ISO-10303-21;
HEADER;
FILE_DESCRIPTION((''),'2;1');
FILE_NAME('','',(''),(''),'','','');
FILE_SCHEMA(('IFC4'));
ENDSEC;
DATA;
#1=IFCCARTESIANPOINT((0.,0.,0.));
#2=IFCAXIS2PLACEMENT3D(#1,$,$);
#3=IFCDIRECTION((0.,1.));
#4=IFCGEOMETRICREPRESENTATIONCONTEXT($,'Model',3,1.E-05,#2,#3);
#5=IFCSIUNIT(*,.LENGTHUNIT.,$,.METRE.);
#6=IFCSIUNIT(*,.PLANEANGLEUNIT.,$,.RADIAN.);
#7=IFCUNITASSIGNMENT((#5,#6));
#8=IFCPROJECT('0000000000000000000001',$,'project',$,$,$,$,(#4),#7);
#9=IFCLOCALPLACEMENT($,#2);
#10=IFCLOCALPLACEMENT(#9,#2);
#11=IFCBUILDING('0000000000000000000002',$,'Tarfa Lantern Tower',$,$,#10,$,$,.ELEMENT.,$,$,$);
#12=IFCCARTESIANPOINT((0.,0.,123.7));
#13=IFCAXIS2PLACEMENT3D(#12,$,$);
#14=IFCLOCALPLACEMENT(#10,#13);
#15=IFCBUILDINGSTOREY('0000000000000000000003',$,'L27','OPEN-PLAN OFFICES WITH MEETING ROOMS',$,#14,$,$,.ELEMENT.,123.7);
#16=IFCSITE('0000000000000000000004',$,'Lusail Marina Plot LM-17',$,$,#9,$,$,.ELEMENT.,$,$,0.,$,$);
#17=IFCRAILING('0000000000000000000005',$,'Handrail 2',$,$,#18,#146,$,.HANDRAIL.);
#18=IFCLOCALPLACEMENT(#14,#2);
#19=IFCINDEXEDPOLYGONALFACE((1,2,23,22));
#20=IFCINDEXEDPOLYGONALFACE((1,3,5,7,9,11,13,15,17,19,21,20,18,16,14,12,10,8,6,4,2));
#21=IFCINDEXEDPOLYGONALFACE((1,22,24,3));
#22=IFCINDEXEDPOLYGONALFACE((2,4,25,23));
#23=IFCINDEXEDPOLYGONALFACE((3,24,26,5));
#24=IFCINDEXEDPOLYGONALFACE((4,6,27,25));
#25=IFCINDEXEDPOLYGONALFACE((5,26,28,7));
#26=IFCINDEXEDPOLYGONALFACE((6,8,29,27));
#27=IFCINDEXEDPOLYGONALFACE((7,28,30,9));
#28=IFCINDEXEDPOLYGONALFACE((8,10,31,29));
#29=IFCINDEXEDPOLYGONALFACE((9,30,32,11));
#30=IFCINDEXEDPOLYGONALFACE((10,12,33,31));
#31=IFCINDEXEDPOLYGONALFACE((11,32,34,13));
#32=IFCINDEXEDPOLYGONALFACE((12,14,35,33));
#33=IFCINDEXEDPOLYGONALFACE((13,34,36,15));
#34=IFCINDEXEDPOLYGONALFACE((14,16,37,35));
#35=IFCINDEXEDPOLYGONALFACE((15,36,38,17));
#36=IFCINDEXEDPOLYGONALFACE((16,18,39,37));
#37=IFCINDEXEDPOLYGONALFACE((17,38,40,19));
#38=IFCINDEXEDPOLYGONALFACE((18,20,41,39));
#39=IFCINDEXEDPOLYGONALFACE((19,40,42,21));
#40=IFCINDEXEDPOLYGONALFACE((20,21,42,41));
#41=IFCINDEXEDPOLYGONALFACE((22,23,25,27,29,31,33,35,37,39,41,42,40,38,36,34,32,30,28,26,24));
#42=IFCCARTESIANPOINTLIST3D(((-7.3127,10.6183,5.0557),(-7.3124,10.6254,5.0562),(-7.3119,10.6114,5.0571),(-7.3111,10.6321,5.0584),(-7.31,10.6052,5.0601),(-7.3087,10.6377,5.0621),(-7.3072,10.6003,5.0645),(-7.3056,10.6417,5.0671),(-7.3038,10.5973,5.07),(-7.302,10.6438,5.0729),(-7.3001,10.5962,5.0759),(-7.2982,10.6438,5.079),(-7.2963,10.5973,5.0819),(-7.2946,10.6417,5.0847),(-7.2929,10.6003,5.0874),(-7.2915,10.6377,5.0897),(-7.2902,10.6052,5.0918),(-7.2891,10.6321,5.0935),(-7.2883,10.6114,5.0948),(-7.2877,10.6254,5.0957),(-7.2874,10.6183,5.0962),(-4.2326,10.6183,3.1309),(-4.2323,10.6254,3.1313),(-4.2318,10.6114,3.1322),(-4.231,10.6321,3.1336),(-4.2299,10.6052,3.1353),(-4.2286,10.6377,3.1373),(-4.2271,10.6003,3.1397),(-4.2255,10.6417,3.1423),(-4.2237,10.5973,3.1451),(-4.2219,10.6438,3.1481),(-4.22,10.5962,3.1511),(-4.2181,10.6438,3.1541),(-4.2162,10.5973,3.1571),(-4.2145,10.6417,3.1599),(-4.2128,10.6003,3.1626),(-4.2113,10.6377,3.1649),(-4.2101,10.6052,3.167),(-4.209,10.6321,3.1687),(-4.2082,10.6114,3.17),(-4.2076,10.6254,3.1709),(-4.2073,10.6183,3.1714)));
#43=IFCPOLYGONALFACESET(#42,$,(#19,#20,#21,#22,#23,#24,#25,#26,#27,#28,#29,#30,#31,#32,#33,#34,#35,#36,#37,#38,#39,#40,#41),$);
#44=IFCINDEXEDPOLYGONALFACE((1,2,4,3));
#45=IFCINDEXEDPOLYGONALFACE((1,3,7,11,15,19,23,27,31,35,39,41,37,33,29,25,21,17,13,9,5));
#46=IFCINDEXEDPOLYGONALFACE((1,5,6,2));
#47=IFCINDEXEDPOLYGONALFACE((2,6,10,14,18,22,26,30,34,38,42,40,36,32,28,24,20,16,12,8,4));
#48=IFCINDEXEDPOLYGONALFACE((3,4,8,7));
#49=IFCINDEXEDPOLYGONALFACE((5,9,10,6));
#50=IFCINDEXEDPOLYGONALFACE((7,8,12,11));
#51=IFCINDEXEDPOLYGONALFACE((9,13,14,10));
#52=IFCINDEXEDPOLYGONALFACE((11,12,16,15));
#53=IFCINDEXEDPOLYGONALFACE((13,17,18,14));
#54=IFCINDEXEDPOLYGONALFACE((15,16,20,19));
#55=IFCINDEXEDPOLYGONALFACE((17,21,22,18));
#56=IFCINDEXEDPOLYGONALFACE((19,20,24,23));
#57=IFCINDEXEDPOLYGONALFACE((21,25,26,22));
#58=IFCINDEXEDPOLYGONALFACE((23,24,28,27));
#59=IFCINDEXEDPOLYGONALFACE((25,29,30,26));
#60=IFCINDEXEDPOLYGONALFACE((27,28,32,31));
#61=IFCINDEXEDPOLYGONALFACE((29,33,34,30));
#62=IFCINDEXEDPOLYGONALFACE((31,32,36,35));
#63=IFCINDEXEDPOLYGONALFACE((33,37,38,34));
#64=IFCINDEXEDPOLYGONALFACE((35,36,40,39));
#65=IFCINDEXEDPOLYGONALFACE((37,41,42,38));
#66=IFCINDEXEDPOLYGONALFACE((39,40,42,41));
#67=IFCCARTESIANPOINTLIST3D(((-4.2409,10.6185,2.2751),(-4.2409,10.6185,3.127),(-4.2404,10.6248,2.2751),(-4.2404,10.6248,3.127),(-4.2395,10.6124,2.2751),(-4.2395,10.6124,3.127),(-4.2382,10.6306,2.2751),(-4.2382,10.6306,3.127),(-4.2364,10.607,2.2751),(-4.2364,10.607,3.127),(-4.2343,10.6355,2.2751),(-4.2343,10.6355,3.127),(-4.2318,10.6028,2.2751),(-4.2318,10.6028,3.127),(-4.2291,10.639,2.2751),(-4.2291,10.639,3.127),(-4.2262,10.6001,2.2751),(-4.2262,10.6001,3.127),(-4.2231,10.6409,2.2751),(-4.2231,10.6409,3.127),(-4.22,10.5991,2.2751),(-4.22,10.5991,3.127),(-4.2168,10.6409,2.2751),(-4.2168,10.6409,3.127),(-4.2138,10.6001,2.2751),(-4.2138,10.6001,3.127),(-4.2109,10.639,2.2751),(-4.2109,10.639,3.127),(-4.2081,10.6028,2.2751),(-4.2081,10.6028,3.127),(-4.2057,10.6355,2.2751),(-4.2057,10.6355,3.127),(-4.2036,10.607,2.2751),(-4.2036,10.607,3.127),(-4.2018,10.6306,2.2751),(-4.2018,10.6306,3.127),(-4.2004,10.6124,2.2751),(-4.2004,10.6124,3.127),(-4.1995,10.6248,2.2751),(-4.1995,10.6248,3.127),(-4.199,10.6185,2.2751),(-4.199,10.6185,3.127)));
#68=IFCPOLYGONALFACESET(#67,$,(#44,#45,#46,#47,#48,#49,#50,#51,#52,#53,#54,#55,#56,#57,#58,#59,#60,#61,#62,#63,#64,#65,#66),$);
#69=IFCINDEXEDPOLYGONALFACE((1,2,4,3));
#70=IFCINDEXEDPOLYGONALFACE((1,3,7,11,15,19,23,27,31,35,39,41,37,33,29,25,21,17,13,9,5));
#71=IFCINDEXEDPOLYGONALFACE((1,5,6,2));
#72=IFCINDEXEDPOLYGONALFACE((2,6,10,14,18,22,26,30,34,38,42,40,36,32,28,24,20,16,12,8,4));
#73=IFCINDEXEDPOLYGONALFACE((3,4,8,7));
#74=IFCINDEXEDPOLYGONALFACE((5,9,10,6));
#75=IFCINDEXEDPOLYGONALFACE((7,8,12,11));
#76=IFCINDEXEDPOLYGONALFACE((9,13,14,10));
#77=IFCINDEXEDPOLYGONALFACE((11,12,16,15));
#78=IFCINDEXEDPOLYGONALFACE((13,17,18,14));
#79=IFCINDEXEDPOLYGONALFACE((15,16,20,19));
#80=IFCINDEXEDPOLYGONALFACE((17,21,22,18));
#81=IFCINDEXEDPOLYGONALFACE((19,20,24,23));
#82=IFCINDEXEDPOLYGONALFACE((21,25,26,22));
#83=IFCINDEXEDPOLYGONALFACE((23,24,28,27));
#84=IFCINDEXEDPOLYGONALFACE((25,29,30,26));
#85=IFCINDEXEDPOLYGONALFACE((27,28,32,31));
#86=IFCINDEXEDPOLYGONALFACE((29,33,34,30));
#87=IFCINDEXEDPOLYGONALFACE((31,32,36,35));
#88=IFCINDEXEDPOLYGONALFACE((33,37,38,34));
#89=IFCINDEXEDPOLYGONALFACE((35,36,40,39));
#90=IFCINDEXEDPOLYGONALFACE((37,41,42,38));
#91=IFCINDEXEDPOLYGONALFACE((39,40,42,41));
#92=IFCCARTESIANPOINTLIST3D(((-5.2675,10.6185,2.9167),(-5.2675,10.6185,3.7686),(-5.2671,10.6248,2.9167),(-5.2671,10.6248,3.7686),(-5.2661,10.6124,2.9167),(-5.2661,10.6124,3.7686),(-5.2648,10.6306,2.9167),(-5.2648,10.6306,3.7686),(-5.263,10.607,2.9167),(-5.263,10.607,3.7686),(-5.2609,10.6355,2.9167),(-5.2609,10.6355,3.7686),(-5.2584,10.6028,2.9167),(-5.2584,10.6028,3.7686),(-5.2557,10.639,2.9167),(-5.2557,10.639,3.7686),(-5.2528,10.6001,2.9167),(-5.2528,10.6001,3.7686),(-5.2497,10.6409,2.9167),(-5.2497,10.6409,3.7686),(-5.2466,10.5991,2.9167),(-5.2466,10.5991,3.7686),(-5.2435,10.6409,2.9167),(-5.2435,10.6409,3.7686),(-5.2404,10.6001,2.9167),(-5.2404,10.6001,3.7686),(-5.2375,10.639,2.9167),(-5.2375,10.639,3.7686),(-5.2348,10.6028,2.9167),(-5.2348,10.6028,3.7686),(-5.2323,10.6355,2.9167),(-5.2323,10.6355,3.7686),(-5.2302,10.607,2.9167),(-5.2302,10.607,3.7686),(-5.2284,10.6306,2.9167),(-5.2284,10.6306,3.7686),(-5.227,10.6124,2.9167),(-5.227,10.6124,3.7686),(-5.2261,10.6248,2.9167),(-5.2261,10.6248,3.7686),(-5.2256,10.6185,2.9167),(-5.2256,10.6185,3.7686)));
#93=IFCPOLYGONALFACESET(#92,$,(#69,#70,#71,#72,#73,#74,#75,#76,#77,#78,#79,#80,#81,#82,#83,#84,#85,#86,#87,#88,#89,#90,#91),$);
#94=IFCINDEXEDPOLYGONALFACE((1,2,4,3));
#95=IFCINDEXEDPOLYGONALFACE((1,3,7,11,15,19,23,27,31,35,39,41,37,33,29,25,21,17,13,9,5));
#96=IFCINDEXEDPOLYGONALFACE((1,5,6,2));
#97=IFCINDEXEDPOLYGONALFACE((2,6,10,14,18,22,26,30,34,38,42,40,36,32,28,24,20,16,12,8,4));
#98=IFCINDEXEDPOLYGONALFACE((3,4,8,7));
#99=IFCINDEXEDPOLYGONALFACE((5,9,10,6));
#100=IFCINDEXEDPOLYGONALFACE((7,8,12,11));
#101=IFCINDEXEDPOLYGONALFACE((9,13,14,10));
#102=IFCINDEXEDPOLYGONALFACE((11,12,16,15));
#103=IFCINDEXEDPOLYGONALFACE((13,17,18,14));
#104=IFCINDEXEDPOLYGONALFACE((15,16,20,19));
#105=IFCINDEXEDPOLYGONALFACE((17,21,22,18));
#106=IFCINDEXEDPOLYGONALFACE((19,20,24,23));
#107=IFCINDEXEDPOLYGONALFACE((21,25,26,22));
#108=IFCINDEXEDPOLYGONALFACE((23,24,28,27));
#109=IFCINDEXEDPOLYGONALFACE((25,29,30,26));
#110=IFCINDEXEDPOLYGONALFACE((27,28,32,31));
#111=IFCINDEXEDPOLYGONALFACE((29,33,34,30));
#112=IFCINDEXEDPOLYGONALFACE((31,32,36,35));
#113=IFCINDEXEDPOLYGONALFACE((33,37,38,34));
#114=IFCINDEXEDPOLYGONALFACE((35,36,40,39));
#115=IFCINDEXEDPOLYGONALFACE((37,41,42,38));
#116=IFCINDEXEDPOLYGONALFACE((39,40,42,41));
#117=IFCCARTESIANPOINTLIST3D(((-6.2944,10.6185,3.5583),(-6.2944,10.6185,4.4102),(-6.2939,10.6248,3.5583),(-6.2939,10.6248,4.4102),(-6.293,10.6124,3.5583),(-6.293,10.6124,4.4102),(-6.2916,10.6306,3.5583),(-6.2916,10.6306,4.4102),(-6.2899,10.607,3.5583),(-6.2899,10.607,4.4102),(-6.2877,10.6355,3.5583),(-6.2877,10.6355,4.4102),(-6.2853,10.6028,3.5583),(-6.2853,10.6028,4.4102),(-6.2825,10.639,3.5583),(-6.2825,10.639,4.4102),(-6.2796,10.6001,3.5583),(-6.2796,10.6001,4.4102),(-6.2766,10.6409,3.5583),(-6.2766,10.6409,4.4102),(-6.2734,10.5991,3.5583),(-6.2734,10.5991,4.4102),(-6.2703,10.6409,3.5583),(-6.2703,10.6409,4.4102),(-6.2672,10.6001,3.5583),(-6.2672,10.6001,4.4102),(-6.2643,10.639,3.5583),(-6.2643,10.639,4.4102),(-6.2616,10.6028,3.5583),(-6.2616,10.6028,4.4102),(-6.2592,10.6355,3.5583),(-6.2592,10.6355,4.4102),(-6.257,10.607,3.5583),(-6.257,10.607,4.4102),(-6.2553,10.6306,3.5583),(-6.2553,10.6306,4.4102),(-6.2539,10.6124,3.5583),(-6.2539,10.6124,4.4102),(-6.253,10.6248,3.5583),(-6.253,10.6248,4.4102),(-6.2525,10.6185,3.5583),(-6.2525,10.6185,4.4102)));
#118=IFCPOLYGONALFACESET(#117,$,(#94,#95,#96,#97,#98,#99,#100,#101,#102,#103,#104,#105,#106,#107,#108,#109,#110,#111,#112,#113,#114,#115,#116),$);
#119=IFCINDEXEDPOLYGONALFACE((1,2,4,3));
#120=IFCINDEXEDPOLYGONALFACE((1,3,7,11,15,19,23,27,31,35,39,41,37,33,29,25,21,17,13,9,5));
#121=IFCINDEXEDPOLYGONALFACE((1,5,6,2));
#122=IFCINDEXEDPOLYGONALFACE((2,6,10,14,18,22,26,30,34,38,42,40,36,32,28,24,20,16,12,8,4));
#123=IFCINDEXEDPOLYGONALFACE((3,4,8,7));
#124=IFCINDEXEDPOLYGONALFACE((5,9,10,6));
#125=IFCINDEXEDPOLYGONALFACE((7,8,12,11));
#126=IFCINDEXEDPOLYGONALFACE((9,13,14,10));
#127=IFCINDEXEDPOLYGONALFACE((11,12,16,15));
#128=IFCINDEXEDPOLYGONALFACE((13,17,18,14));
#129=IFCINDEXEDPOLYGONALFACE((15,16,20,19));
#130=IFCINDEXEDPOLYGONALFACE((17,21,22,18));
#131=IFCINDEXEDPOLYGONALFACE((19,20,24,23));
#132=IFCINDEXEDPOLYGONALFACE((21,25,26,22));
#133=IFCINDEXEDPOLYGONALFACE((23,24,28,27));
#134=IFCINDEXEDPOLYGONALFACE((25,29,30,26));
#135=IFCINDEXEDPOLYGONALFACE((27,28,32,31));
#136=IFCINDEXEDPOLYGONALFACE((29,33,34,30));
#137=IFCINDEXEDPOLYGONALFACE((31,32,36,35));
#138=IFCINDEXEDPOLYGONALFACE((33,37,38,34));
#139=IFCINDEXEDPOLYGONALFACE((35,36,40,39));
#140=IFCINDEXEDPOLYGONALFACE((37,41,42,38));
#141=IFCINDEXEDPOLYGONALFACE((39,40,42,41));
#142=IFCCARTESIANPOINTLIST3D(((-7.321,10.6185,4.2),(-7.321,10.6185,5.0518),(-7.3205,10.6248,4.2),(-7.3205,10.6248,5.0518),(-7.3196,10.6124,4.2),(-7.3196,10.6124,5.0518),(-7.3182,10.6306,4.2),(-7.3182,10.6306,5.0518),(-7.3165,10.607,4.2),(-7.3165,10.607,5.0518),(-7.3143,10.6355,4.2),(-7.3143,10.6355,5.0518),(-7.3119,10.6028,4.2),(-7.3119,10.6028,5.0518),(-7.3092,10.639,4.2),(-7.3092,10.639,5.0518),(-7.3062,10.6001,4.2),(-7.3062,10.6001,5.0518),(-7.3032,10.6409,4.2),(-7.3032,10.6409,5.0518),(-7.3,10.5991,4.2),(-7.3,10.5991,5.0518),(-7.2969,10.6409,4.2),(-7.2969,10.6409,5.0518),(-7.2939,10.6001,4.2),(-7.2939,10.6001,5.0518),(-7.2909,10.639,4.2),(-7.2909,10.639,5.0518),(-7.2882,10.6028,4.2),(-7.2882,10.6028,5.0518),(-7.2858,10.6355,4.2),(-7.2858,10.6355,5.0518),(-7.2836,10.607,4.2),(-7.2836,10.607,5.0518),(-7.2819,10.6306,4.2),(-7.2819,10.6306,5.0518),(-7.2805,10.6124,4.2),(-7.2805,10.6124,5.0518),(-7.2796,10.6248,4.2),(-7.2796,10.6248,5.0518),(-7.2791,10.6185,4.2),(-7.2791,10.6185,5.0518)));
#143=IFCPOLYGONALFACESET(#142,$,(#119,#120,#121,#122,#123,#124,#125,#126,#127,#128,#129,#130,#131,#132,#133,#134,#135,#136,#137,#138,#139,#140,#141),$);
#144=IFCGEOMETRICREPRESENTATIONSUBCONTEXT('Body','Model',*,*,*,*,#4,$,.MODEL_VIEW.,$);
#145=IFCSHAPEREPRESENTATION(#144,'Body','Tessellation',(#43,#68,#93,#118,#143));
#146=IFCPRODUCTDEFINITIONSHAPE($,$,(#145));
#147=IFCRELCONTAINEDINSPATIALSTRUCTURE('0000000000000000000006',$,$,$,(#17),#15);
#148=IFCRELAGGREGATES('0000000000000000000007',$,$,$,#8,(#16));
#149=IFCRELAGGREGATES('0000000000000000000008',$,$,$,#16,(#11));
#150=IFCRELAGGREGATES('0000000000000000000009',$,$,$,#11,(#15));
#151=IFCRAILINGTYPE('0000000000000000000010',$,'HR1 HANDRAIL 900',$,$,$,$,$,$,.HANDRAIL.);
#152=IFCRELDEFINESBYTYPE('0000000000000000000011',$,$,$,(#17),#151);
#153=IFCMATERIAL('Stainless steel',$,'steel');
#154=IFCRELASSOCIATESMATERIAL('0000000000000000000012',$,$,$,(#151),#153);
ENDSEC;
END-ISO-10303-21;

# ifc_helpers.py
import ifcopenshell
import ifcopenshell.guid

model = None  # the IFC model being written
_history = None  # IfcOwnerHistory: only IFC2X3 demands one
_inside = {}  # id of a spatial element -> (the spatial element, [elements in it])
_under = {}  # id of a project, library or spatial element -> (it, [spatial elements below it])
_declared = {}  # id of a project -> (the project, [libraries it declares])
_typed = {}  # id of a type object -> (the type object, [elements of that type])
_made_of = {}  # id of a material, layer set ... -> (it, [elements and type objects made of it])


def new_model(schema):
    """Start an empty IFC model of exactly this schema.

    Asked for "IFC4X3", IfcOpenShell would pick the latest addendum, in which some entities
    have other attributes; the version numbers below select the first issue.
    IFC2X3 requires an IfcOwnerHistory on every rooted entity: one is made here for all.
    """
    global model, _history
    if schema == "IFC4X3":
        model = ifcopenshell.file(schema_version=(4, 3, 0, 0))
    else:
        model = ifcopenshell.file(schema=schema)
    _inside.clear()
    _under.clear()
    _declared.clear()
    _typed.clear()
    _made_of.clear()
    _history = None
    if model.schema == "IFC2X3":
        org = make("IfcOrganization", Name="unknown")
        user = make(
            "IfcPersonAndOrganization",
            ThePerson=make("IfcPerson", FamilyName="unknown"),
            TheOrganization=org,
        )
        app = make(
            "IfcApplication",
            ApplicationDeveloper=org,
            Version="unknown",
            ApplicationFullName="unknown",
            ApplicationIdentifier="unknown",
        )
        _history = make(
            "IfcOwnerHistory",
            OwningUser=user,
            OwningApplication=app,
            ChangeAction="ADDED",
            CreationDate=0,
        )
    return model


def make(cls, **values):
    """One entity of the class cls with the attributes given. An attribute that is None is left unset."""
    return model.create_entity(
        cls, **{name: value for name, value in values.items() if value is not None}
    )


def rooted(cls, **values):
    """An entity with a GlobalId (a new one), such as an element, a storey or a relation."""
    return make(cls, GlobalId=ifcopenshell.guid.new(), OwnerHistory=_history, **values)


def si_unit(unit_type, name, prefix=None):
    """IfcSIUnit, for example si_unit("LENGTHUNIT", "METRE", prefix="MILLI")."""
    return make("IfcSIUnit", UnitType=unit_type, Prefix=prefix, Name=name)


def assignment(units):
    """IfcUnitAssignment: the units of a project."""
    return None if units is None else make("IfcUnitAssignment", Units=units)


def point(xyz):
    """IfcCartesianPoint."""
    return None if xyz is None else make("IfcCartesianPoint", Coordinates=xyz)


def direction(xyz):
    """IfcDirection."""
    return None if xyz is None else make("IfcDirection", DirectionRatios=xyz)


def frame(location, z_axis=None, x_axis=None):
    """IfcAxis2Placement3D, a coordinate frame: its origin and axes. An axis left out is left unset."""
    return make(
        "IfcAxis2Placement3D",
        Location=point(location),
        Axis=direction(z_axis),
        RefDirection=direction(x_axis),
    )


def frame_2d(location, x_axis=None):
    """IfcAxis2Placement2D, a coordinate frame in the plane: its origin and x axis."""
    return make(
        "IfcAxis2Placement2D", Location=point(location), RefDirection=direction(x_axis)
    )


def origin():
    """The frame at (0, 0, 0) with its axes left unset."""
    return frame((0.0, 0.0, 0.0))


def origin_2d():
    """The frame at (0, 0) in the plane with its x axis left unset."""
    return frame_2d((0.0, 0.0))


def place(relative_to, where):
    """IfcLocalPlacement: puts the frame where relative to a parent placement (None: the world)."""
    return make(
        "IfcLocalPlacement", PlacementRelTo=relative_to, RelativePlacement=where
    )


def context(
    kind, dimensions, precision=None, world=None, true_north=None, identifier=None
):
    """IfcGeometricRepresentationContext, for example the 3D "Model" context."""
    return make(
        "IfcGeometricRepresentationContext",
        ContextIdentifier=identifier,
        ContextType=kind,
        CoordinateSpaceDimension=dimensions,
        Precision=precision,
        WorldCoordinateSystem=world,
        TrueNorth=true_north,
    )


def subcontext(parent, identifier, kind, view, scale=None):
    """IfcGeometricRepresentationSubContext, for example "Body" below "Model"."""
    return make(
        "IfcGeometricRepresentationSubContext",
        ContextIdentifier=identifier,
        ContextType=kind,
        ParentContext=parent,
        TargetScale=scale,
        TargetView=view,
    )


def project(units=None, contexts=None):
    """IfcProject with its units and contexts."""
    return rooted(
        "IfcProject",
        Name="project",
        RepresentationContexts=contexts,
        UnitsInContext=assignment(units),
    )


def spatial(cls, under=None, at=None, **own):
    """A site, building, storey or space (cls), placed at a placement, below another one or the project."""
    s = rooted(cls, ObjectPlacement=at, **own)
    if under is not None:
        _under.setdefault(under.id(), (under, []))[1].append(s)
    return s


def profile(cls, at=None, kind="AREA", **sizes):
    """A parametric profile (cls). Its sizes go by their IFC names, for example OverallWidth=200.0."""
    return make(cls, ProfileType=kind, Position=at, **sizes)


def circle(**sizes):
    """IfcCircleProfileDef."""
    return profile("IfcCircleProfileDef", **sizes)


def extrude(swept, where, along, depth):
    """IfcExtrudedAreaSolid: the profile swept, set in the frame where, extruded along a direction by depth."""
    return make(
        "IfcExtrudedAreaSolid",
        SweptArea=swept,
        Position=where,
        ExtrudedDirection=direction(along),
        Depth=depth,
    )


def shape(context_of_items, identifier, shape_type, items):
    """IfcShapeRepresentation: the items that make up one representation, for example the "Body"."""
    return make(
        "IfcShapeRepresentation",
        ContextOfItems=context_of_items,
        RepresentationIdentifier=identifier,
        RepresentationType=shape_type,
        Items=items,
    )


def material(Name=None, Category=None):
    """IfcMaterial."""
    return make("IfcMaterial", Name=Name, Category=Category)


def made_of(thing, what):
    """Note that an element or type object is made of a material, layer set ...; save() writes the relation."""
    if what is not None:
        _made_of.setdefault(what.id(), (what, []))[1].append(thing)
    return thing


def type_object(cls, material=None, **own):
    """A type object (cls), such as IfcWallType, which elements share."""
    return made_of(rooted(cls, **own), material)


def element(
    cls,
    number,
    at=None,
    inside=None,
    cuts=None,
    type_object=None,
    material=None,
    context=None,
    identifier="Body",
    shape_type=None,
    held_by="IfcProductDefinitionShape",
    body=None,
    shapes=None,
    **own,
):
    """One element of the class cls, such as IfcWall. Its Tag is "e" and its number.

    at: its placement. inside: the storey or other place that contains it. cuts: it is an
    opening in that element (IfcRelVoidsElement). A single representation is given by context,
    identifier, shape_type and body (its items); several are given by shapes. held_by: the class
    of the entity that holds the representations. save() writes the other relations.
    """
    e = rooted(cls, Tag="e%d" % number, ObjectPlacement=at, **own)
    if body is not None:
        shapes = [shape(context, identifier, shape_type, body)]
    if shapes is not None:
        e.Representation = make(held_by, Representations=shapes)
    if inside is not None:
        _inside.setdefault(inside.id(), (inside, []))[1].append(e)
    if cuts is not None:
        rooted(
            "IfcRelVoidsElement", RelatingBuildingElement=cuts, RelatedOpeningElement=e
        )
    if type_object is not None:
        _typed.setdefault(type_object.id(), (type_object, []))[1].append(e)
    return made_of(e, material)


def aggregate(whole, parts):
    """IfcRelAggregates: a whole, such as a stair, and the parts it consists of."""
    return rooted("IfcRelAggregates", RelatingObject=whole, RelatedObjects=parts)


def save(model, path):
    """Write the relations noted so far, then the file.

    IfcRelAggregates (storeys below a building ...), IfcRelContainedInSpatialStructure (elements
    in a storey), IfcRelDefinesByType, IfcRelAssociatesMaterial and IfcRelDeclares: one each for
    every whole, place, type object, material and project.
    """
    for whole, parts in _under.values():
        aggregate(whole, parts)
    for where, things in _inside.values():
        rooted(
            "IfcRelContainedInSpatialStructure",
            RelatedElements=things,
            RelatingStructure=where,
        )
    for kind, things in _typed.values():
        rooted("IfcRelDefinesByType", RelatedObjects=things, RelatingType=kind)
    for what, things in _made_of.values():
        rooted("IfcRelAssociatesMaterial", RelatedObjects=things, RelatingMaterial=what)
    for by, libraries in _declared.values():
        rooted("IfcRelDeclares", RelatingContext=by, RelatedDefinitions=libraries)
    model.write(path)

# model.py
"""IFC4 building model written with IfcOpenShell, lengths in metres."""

from ifc_helpers import new_model, si_unit, direction, frame, origin, origin_2d, place, context, subcontext, project, spatial, circle, extrude, material, type_object, element, save


model = new_model("IFC4")

# Units and contexts
model_context = context("Model", 3, precision=1e-05, world=origin(), true_north=direction((0.0, 1.0)))
body_context = subcontext(model_context, "Body", "Model", "MODEL_VIEW")
ifc_project = project(units=[si_unit("LENGTHUNIT", "METRE"), si_unit("PLANEANGLEUNIT", "RADIAN")], contexts=[model_context])

# Site, building, storey
site_placement = place(None, origin())
site = spatial("IfcSite", under=ifc_project, at=site_placement, Name="Lusail Marina Plot LM-17", CompositionType="ELEMENT", RefElevation=0.0)
building_placement = place(site_placement, origin())
building = spatial("IfcBuilding", under=site, at=building_placement, Name="Tarfa Lantern Tower", CompositionType="ELEMENT")
storey_placement = place(building_placement, frame((0.0, 0.0, 123.7)))
storey = spatial("IfcBuildingStorey", under=building, at=storey_placement, Name="L27", Description="OPEN-PLAN OFFICES WITH MEETING ROOMS", CompositionType="ELEMENT", Elevation=123.7)

# Railing
ifc_material_1 = material(Name="Stainless steel", Category="steel")
railing_type = type_object("IfcRailingType", Name="HR1 HANDRAIL 900", PredefinedType="HANDRAIL", material=ifc_material_1)
railing_1_placement = place(storey_placement, frame((-4.22, 10.6201, 2.2751)))
element("IfcRailing", 1, at=railing_1_placement, inside=storey, type_object=railing_type, Name="Handrail 2", PredefinedType="HANDRAIL", context=body_context, shape_type="SweptSolid", body=[
    extrude(circle(Radius=0.0239, at=origin_2d()), frame((0.0, 0.0, 0.876), z_axis=(-0.848029, 0.0, 0.529951), x_axis=(0.0, -1.0, 0.0)), (0.0, 0.0, 1.0), 3.6321),
    extrude(circle(Radius=0.021, at=origin_2d()), frame((0.0, 0.0, 0.0), z_axis=(0.0, 0.0, 1.0), x_axis=(0.0, -1.0, 0.0)), (0.0, 0.0, 1.0), 0.8518),
    extrude(circle(Radius=0.021, at=origin_2d()), frame((-1.0266, 0.0, 0.6416), z_axis=(0.0, 0.0, 1.0), x_axis=(0.0, -1.0, 0.0)), (0.0, 0.0, 1.0), 0.8518),
    extrude(circle(Radius=0.021, at=origin_2d()), frame((-2.0535, 0.0, 1.2832), z_axis=(0.0, 0.0, 1.0), x_axis=(0.0, -1.0, 0.0)), (0.0, 0.0, 1.0), 0.8518),
    extrude(circle(Radius=0.021, at=origin_2d()), frame((-3.0801, 0.0, 1.9248), z_axis=(0.0, 0.0, 1.0), x_axis=(0.0, -1.0, 0.0)), (0.0, 0.0, 1.0), 0.8518),
])

save(model, "model.ifc")
